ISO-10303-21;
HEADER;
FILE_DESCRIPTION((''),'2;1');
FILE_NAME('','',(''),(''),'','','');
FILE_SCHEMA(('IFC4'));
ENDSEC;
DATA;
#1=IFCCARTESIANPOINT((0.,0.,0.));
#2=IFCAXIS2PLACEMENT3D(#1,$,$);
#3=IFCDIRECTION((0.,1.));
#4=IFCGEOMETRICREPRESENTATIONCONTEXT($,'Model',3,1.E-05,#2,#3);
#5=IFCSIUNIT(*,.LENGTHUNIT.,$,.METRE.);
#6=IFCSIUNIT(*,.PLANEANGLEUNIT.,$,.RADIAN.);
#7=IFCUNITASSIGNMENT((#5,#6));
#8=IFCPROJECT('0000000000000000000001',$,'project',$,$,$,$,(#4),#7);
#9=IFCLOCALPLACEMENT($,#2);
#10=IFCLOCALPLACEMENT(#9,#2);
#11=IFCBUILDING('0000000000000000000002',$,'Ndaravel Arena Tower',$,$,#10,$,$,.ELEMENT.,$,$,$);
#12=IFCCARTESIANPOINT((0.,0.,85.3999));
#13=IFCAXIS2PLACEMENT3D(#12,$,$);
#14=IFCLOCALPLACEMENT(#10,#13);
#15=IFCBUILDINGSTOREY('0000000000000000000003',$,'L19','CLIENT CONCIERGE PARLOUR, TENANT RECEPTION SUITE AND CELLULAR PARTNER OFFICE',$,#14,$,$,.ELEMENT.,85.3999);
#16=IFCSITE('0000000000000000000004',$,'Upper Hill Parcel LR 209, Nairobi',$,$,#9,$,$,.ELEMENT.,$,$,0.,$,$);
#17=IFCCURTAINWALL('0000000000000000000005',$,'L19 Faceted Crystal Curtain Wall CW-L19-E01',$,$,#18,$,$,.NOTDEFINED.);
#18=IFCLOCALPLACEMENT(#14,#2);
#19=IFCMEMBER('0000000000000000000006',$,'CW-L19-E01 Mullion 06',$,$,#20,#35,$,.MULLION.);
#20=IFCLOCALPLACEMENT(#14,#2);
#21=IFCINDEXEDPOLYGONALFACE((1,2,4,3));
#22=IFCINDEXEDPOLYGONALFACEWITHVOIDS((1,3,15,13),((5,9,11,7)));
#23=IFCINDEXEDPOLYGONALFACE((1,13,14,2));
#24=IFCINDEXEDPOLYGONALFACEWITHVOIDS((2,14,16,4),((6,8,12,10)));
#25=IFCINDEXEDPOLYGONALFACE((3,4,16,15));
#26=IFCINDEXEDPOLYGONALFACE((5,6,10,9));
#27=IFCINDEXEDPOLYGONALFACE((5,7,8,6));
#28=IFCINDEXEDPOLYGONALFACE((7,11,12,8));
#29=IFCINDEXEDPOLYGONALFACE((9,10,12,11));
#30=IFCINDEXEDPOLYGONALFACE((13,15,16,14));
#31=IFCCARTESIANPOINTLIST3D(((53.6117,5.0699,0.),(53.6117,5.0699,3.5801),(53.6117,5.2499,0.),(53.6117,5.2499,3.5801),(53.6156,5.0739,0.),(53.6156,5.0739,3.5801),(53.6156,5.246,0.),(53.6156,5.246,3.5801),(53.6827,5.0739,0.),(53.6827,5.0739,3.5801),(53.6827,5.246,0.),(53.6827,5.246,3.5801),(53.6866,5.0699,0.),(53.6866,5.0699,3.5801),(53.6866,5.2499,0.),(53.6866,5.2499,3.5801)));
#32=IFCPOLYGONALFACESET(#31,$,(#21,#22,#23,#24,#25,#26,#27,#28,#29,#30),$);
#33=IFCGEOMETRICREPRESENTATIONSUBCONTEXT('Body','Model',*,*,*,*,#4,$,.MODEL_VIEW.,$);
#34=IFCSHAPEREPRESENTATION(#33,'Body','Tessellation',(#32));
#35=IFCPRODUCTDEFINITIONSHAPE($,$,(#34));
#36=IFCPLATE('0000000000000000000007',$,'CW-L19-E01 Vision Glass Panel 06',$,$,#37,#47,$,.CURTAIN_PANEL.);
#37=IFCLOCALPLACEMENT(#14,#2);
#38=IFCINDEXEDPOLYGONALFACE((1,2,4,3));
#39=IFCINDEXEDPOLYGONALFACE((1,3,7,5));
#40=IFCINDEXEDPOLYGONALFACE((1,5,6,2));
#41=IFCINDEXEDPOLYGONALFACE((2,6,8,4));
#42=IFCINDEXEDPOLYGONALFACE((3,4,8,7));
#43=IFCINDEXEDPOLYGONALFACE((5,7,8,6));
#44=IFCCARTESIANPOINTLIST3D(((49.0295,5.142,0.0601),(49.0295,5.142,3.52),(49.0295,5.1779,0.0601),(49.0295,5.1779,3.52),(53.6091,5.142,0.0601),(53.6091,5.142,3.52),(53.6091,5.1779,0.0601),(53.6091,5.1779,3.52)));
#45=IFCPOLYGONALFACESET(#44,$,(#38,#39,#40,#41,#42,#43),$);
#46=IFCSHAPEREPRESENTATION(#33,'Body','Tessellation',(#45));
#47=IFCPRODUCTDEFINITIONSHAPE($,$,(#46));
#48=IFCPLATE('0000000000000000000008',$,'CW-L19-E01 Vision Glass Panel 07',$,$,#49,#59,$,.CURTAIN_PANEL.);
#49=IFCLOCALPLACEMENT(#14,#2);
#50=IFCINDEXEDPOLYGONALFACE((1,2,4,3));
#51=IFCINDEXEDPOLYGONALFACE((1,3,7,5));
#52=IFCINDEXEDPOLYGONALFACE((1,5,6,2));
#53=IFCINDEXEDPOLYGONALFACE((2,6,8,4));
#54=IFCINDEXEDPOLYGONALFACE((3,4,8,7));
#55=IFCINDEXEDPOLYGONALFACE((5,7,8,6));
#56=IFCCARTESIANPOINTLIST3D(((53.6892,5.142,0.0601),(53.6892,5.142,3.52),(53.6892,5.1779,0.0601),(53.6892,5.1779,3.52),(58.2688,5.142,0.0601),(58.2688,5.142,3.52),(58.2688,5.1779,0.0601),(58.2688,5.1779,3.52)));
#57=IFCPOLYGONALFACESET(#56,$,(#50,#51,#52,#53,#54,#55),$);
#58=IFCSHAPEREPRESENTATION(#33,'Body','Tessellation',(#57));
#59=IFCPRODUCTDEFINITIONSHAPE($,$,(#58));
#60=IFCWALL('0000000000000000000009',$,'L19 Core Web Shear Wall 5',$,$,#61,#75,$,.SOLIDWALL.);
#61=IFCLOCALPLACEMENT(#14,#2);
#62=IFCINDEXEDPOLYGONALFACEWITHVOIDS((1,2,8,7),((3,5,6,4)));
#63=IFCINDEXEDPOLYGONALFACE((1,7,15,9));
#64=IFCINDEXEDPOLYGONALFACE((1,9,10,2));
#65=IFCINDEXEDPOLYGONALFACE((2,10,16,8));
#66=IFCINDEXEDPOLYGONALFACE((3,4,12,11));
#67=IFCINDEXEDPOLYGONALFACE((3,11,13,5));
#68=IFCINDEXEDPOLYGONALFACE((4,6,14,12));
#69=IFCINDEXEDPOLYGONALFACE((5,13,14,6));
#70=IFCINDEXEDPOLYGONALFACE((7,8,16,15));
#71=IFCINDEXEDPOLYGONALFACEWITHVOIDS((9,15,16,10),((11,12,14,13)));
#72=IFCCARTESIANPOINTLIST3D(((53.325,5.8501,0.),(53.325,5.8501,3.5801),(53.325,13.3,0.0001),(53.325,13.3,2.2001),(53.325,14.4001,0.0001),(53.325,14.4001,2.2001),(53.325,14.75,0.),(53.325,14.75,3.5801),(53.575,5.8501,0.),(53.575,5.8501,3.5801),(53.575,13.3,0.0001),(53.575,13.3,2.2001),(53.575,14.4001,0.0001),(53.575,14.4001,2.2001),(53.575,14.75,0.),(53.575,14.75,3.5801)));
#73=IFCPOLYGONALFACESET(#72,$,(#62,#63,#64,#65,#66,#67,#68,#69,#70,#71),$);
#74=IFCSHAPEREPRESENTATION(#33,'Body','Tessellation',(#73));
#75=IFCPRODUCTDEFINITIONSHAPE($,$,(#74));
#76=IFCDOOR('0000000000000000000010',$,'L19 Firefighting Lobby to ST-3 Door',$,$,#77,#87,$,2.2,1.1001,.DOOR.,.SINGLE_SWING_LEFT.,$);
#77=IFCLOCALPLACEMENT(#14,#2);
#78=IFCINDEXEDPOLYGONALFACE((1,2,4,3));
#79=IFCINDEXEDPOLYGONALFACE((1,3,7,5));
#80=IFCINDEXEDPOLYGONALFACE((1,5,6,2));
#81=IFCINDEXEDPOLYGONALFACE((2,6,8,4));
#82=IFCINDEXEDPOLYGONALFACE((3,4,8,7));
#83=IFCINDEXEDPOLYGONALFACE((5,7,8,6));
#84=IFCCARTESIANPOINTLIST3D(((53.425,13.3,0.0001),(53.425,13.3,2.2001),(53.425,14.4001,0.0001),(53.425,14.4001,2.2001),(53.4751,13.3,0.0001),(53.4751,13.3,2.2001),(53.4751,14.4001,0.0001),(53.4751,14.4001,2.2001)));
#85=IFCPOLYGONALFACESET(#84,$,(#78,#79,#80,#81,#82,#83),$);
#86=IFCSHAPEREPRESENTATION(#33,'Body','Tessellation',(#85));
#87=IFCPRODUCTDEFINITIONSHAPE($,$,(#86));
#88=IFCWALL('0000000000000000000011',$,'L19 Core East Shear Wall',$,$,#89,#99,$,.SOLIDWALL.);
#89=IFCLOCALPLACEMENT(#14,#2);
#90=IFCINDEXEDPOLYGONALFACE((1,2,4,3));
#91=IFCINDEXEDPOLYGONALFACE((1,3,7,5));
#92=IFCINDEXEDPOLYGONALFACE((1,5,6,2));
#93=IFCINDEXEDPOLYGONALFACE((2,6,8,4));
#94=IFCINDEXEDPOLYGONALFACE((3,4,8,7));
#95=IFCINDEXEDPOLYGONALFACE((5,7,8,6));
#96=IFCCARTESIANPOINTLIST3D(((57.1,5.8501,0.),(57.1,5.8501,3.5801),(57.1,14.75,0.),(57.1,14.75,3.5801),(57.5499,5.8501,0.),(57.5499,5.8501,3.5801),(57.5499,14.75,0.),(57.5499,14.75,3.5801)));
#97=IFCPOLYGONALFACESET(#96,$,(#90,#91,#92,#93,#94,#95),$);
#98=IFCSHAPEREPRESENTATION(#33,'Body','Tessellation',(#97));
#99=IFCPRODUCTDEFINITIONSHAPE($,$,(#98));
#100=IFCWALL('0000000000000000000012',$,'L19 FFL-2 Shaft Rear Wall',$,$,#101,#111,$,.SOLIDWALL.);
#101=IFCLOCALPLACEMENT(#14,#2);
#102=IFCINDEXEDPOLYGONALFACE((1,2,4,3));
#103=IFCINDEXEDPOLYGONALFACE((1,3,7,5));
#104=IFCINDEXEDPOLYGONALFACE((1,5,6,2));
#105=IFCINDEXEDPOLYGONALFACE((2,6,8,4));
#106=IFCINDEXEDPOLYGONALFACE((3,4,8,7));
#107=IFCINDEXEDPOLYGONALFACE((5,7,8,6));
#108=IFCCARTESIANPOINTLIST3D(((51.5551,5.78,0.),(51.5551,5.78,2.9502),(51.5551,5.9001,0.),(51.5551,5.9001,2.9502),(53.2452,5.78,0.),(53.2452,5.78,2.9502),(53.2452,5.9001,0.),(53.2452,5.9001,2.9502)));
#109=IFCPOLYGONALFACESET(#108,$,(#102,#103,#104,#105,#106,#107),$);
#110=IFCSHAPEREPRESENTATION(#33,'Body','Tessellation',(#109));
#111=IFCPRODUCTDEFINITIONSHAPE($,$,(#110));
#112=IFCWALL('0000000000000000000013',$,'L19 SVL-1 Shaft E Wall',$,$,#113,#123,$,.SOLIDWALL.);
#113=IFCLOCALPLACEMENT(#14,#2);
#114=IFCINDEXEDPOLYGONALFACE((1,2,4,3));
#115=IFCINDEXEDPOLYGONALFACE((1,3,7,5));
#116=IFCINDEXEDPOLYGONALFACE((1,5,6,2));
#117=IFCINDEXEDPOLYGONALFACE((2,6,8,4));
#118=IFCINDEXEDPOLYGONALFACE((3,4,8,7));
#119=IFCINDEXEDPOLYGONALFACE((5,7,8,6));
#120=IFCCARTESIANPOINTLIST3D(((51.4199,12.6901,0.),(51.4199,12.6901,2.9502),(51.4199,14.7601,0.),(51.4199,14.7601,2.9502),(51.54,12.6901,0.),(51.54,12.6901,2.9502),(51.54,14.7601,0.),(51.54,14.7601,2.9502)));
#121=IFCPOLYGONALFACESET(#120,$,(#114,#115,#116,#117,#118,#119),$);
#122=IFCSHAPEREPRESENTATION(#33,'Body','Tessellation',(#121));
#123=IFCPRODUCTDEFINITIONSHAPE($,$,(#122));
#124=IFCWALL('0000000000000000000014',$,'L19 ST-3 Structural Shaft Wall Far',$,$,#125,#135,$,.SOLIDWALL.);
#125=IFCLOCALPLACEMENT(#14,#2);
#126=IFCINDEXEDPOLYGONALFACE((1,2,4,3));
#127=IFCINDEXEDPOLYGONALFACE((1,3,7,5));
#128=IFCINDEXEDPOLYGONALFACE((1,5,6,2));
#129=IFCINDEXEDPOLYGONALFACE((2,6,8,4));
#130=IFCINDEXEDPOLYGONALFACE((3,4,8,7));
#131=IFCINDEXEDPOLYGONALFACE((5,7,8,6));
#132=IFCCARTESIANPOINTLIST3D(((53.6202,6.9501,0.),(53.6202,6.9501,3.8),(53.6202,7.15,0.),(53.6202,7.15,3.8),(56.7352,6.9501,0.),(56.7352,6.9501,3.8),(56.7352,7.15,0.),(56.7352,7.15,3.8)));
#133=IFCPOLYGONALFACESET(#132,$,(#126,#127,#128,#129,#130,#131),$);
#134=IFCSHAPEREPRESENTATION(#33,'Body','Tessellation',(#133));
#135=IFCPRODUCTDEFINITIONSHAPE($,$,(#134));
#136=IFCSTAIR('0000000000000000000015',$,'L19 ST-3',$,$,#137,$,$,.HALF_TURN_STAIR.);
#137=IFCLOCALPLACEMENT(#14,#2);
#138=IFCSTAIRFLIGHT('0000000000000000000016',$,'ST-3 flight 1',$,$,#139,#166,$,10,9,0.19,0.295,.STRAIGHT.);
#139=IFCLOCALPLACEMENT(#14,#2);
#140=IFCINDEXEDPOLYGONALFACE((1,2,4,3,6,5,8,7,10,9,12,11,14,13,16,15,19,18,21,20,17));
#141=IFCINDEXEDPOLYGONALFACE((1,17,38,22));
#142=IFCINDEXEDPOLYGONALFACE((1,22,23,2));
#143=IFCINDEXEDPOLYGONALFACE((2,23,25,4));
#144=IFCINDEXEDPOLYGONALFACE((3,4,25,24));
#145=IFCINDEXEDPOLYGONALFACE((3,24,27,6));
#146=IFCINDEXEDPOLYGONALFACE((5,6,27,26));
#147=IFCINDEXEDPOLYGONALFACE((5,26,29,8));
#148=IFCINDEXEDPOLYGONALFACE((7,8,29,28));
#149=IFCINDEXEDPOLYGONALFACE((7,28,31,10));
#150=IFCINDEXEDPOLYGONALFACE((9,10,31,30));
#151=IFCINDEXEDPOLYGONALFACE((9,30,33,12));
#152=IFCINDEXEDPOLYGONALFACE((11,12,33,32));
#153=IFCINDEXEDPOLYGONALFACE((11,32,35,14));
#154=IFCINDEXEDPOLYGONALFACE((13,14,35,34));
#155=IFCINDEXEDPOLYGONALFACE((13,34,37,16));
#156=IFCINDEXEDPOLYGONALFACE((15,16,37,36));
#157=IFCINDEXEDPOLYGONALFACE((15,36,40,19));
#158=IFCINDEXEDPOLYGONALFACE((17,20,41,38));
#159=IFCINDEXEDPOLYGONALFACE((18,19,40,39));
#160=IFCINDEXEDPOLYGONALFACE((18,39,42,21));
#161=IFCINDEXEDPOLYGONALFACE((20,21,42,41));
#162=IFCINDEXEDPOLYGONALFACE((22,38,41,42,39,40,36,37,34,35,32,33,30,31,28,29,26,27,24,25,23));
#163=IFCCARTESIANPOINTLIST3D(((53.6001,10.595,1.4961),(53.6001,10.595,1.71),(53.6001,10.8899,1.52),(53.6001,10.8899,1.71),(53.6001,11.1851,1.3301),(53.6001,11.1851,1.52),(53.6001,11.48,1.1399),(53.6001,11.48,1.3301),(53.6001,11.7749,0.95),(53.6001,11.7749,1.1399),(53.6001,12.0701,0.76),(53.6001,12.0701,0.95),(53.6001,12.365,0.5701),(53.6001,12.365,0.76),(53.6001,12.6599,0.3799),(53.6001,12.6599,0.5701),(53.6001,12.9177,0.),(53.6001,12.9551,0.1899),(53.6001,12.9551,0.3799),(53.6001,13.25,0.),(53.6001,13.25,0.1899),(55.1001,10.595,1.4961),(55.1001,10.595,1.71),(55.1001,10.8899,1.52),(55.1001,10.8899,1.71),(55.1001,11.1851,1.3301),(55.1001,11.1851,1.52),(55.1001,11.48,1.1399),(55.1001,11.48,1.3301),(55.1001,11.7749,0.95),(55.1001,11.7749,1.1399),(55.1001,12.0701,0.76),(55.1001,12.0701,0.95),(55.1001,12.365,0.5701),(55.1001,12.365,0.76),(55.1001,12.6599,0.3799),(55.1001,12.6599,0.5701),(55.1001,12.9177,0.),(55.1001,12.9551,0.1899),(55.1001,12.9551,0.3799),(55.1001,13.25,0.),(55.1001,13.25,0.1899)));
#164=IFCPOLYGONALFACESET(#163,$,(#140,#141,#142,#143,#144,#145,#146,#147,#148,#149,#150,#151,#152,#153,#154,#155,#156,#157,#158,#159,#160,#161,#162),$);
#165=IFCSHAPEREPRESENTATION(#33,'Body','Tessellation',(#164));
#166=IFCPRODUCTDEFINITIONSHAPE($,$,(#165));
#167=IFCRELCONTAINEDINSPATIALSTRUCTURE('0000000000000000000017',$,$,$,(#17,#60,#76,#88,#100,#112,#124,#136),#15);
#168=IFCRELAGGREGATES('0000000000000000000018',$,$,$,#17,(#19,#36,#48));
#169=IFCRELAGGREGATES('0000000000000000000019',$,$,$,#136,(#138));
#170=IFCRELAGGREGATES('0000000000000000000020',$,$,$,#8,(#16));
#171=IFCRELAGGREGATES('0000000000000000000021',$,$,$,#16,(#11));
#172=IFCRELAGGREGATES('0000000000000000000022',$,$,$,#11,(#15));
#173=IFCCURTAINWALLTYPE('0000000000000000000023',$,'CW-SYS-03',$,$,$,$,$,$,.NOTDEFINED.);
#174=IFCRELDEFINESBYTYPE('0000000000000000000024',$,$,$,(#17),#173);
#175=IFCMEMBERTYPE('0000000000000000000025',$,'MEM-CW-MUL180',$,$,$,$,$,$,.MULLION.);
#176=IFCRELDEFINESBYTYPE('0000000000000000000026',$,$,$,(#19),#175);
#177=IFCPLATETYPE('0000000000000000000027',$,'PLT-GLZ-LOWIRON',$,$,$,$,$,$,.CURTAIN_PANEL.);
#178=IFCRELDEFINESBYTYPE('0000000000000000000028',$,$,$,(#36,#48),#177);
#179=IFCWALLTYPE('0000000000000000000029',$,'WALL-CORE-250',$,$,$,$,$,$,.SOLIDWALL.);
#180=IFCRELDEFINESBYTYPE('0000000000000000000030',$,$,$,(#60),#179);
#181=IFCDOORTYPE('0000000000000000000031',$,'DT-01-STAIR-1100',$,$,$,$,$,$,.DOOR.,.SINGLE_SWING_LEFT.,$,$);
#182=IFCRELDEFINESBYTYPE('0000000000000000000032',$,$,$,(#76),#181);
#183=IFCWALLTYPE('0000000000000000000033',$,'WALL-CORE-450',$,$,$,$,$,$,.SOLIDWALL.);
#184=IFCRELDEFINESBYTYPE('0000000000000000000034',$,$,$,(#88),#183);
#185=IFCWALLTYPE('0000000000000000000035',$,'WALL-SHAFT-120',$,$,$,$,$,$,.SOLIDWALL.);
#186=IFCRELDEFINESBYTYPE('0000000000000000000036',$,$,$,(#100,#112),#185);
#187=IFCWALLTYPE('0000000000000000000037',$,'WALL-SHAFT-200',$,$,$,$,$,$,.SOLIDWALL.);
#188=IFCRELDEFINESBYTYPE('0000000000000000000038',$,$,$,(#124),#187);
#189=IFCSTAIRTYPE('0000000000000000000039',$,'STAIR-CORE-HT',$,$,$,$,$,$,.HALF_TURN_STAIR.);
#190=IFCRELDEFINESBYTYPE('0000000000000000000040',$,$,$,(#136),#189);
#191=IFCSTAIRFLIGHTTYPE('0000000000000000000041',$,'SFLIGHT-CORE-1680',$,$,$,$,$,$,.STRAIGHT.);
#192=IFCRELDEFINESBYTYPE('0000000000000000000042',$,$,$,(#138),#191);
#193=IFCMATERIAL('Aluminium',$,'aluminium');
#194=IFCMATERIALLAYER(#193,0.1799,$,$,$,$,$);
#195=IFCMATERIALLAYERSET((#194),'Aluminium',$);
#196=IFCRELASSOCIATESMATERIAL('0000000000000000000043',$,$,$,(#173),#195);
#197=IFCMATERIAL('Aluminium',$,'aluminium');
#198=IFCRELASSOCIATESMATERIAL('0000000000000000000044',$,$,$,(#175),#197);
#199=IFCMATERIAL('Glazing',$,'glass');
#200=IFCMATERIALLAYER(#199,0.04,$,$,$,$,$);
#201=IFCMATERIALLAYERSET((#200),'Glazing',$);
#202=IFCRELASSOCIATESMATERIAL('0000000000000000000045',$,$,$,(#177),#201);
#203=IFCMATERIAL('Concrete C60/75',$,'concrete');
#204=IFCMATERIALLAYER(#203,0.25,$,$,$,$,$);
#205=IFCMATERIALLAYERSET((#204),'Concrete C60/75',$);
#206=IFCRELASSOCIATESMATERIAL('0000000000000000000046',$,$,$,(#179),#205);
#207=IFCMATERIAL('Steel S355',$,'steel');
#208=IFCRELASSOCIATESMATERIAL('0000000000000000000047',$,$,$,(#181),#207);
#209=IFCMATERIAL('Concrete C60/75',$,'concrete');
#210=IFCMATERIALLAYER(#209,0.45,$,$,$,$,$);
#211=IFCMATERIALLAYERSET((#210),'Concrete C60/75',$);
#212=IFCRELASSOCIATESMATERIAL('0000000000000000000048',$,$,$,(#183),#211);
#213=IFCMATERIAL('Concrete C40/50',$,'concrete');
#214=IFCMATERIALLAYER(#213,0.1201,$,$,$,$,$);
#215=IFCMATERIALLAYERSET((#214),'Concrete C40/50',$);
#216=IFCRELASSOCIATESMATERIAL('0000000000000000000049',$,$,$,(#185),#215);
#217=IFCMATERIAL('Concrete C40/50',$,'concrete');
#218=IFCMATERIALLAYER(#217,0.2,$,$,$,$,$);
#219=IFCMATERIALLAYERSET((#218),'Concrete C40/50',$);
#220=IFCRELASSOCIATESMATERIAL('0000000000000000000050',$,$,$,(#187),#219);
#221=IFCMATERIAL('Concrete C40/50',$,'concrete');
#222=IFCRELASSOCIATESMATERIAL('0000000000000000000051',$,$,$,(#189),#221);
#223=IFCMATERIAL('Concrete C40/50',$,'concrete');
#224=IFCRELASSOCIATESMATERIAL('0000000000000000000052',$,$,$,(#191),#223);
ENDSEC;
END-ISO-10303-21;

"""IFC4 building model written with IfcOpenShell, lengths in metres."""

from ifc_helpers import new_model, si_unit, direction, frame, frame_2d, origin, origin_2d, place, context, subcontext, project, spatial, polyline, rectangle, hollow_rectangle, outline, extrude, material, layer, layer_set, material_profile, profile_set, type_object, element, fill, aggregate, save


model = new_model("IFC4")

# Units and contexts
model_context = context("Model", 3, precision=1e-05, world=origin(), true_north=direction((0.0, 1.0)))
body_context = subcontext(model_context, "Body", "Model", "MODEL_VIEW")
ifc_project = project(units=[si_unit("LENGTHUNIT", "METRE"), si_unit("PLANEANGLEUNIT", "RADIAN")], contexts=[model_context])

# Site, building, storey
site_placement = place(None, origin())
site = spatial("IfcSite", under=ifc_project, at=site_placement, Name="Upper Hill Parcel LR 209, Nairobi", CompositionType="ELEMENT", RefElevation=0.0)
building_placement = place(site_placement, origin())
building = spatial("IfcBuilding", under=site, at=building_placement, Name="Ndaravel Arena Tower", CompositionType="ELEMENT")
storey_placement = place(building_placement, frame((0.0, 0.0, 85.3999)))
storey = spatial("IfcBuildingStorey", under=building, at=storey_placement, Name="L19", Description="CLIENT CONCIERGE PARLOUR, TENANT RECEPTION SUITE AND CELLULAR PARTNER OFFICE", CompositionType="ELEMENT", Elevation=85.3999)

# Curtain wall, member, plates
ifc_material_1 = material(Name="Aluminium", Category="aluminium")
ifc_layer_1 = layer(ifc_material_1, 0.1799)
ifc_layer_set_1 = layer_set([ifc_layer_1], Name="Aluminium")
curtain_wall_type = type_object("IfcCurtainWallType", Name="CW-SYS-03", PredefinedType="NOTDEFINED", material=ifc_layer_set_1)
curtain_wall_placement = place(storey_placement, origin())
curtain_wall = element("IfcCurtainWall", 1, at=curtain_wall_placement, inside=storey, type_object=curtain_wall_type, Name="L19 Faceted Crystal Curtain Wall CW-L19-E01", PredefinedType="NOTDEFINED")
ifc_material_2 = material(Name="Aluminium", Category="aluminium")
ifc_material_profile = material_profile(ifc_material_2, hollow_rectangle(XDim=0.075, YDim=0.1799, WallThickness=0.0039, at=origin_2d()), Name="CW MULLION 75x180x4")
ifc_profile_set = profile_set([ifc_material_profile], Name="Aluminium")
member_type = type_object("IfcMemberType", Name="MEM-CW-MUL180", PredefinedType="MULLION", material=ifc_profile_set)
member_placement = place(storey_placement, frame((53.6492, 5.1599, 0.0), z_axis=(0.0, 0.0, 1.0), x_axis=(1.0, 0.0, 0.0)))
member = element("IfcMember", 2, at=member_placement, type_object=member_type, Name="CW-L19-E01 Mullion 06", PredefinedType="MULLION", context=body_context, shape_type="SweptSolid", body=[
    extrude(hollow_rectangle(XDim=0.075, YDim=0.1799, WallThickness=0.0039, at=origin_2d()), origin(), (0.0, 0.0, 1.0), 3.5801),
])
ifc_material_3 = material(Name="Glazing", Category="glass")
ifc_layer_2 = layer(ifc_material_3, 0.04)
ifc_layer_set_2 = layer_set([ifc_layer_2], Name="Glazing")
plate_type = type_object("IfcPlateType", Name="PLT-GLZ-LOWIRON", PredefinedType="CURTAIN_PANEL", material=ifc_layer_set_2)
plate_1_placement = place(storey_placement, frame((51.3193, 5.1599, 0.0601), z_axis=(0.0, 0.0, 1.0), x_axis=(1.0, 0.0, 0.0)))
plate_1 = element("IfcPlate", 3, at=plate_1_placement, type_object=plate_type, Name="CW-L19-E01 Vision Glass Panel 06", PredefinedType="CURTAIN_PANEL", context=body_context, shape_type="SweptSolid", body=[
    extrude(rectangle(XDim=4.5796, YDim=0.0359, at=origin_2d()), origin(), (0.0, 0.0, 1.0), 3.46),
])
plate_2_placement = place(storey_placement, frame((55.979, 5.1599, 0.0601), z_axis=(0.0, 0.0, 1.0), x_axis=(1.0, 0.0, 0.0)))
plate_2 = element("IfcPlate", 4, at=plate_2_placement, type_object=plate_type, Name="CW-L19-E01 Vision Glass Panel 07", PredefinedType="CURTAIN_PANEL", context=body_context, shape_type="SweptSolid", body=[
    extrude(rectangle(XDim=4.5796, YDim=0.0359, at=origin_2d()), origin(), (0.0, 0.0, 1.0), 3.46),
])
aggregate(curtain_wall, [member, plate_1, plate_2])

# Wall, opening, door
ifc_material_4 = material(Name="Concrete C60/75", Category="concrete")
ifc_layer_3 = layer(ifc_material_4, 0.25)
ifc_layer_set_3 = layer_set([ifc_layer_3], Name="Concrete C60/75")
wall_type_1 = type_object("IfcWallType", Name="WALL-CORE-250", PredefinedType="SOLIDWALL", material=ifc_layer_set_3)
wall_1_placement = place(storey_placement, frame((53.45, 5.8501, 0.0), z_axis=(0.0, 0.0, 1.0), x_axis=(0.0, 1.0, 0.0)))
wall_1 = element("IfcWall", 5, at=wall_1_placement, inside=storey, type_object=wall_type_1, Name="L19 Core Web Shear Wall 5", PredefinedType="SOLIDWALL", context=body_context, shape_type="SweptSolid", body=[
    extrude(rectangle(XDim=8.8999, YDim=0.25, at=frame_2d((4.45, 0.0))), origin(), (0.0, 0.0, 1.0), 3.5801),
])
opening_1_placement = place(wall_1_placement, frame((7.45, 0.0, 0.0)))
opening_1 = element("IfcOpeningElement", 6, at=opening_1_placement, cuts=wall_1, PredefinedType="OPENING", context=body_context, shape_type="SweptSolid", body=[
    extrude(rectangle(XDim=1.1001, YDim=2.2, at=frame_2d((0.55, 1.1001))), frame((0.0, 0.125, 0.0), z_axis=(0.0, -1.0, 0.0), x_axis=(1.0, 0.0, 0.0)), (0.0, 0.0, 1.0), 0.25),
])
ifc_material_5 = material(Name="Steel S355", Category="steel")
door_type_1 = type_object("IfcDoorType", Name="DT-01-STAIR-1100", OperationType="SINGLE_SWING_LEFT", PredefinedType="DOOR", material=ifc_material_5)
door_1_placement = place(opening_1_placement, origin())
door_1 = element("IfcDoor", 7, at=door_1_placement, inside=storey, type_object=door_type_1, Name="L19 Firefighting Lobby to ST-3 Door", OperationType="SINGLE_SWING_LEFT", OverallHeight=2.2, OverallWidth=1.1001, PredefinedType="DOOR", context=body_context, shape_type="SweptSolid", body=[
    extrude(rectangle(XDim=1.1001, YDim=2.2, at=frame_2d((0.55, 1.1001))), frame((0.0, 0.0249, 0.0), z_axis=(0.0, -1.0, 0.0), x_axis=(1.0, 0.0, 0.0)), (0.0, 0.0, 1.0), 0.05),
])
fill(opening_1, door_1)

# Walls
ifc_material_6 = material(Name="Concrete C60/75", Category="concrete")
ifc_layer_4 = layer(ifc_material_6, 0.45)
ifc_layer_set_4 = layer_set([ifc_layer_4], Name="Concrete C60/75")
wall_type_2 = type_object("IfcWallType", Name="WALL-CORE-450", PredefinedType="SOLIDWALL", material=ifc_layer_set_4)
wall_2_placement = place(storey_placement, frame((57.325, 5.8501, 0.0), z_axis=(0.0, 0.0, 1.0), x_axis=(0.0, 1.0, 0.0)))
element("IfcWall", 8, at=wall_2_placement, inside=storey, type_object=wall_type_2, Name="L19 Core East Shear Wall", PredefinedType="SOLIDWALL", context=body_context, shape_type="SweptSolid", body=[
    extrude(rectangle(XDim=8.8999, YDim=0.45, at=frame_2d((4.45, 0.0))), origin(), (0.0, 0.0, 1.0), 3.5801),
])
ifc_material_7 = material(Name="Concrete C40/50", Category="concrete")
ifc_layer_5 = layer(ifc_material_7, 0.1201)
ifc_layer_set_5 = layer_set([ifc_layer_5], Name="Concrete C40/50")
wall_type_3 = type_object("IfcWallType", Name="WALL-SHAFT-120", PredefinedType="SOLIDWALL", material=ifc_layer_set_5)
wall_3_placement = place(storey_placement, frame((51.5549, 5.8401, 0.0), z_axis=(0.0, 0.0, 1.0), x_axis=(1.0, 0.0, 0.0)))
element("IfcWall", 9, at=wall_3_placement, inside=storey, type_object=wall_type_3, Name="L19 FFL-2 Shaft Rear Wall", PredefinedType="SOLIDWALL", context=body_context, shape_type="SweptSolid", body=[
    extrude(rectangle(XDim=1.6902, YDim=0.1201, at=frame_2d((0.8452, 0.0))), origin(), (0.0, 0.0, 1.0), 2.9502),
])
wall_4_placement = place(storey_placement, frame((51.48, 12.6899, 0.0), z_axis=(0.0, 0.0, 1.0), x_axis=(0.0, 1.0, 0.0)))
element("IfcWall", 10, at=wall_4_placement, inside=storey, type_object=wall_type_3, Name="L19 SVL-1 Shaft E Wall", PredefinedType="SOLIDWALL", context=body_context, shape_type="SweptSolid", body=[
    extrude(rectangle(XDim=2.0701, YDim=0.1201, at=frame_2d((1.0352, 0.0))), origin(), (0.0, 0.0, 1.0), 2.9502),
])
ifc_material_8 = material(Name="Concrete C40/50", Category="concrete")
ifc_layer_6 = layer(ifc_material_8, 0.2)
ifc_layer_set_6 = layer_set([ifc_layer_6], Name="Concrete C40/50")
wall_type_4 = type_object("IfcWallType", Name="WALL-SHAFT-200", PredefinedType="SOLIDWALL", material=ifc_layer_set_6)
wall_5_placement = place(storey_placement, frame((53.6201, 7.05, 0.0), z_axis=(0.0, 0.0, 1.0), x_axis=(1.0, 0.0, 0.0)))
element("IfcWall", 11, at=wall_5_placement, inside=storey, type_object=wall_type_4, Name="L19 ST-3 Structural Shaft Wall Far", PredefinedType="SOLIDWALL", context=body_context, shape_type="SweptSolid", body=[
    extrude(rectangle(XDim=3.115, YDim=0.2, at=frame_2d((1.5576, 0.0))), origin(), (0.0, 0.0, 1.0), 3.8),
])

# Stair, stair flight
ifc_material_9 = material(Name="Concrete C40/50", Category="concrete")
stair_type = type_object("IfcStairType", Name="STAIR-CORE-HT", PredefinedType="HALF_TURN_STAIR", material=ifc_material_9)
stair_placement = place(storey_placement, origin())
stair = element("IfcStair", 12, at=stair_placement, inside=storey, type_object=stair_type, Name="L19 ST-3", PredefinedType="HALF_TURN_STAIR")
ifc_material_10 = material(Name="Concrete C40/50", Category="concrete")
stair_flight_type = type_object("IfcStairFlightType", Name="SFLIGHT-CORE-1680", PredefinedType="STRAIGHT", material=ifc_material_10)
stair_flight_1_placement = place(storey_placement, frame((54.3501, 13.25, 0.0), z_axis=(0.0, 0.0, 1.0), x_axis=(0.0, -1.0, 0.0)))
stair_flight_1 = element("IfcStairFlight", 13, at=stair_flight_1_placement, type_object=stair_flight_type, Name="ST-3 flight 1", NumberOfRisers=10, NumberOfTreads=9, PredefinedType="STRAIGHT", RiserHeight=0.19, TreadLength=0.295, context=body_context, shape_type="SweptSolid", body=[
    extrude(outline(polyline([(0.0, 0.0), (0.0, 0.1899), (0.2949, 0.1899), (0.2949, 0.3799), (0.5901, 0.3799), (0.5901, 0.5701), (0.885, 0.5701), (0.885, 0.76), (1.1799, 0.76), (1.1799, 0.95), (1.4751, 0.95), (1.4751, 1.1399), (1.77, 1.1399), (1.77, 1.3301), (2.0649, 1.3301), (2.0649, 1.52), (2.3601, 1.52), (2.3601, 1.71), (2.655, 1.71), (2.655, 1.8999), (2.655, 1.4961), (0.3323, 0.0), (0.0, 0.0)])), frame((0.0, 0.75, 0.0), z_axis=(0.0, -1.0, 0.0), x_axis=(1.0, 0.0, 0.0)), (0.0, 0.0, 1.0), 1.5),
])
aggregate(stair, [stair_flight_1])

save(model, "model.ifc")
